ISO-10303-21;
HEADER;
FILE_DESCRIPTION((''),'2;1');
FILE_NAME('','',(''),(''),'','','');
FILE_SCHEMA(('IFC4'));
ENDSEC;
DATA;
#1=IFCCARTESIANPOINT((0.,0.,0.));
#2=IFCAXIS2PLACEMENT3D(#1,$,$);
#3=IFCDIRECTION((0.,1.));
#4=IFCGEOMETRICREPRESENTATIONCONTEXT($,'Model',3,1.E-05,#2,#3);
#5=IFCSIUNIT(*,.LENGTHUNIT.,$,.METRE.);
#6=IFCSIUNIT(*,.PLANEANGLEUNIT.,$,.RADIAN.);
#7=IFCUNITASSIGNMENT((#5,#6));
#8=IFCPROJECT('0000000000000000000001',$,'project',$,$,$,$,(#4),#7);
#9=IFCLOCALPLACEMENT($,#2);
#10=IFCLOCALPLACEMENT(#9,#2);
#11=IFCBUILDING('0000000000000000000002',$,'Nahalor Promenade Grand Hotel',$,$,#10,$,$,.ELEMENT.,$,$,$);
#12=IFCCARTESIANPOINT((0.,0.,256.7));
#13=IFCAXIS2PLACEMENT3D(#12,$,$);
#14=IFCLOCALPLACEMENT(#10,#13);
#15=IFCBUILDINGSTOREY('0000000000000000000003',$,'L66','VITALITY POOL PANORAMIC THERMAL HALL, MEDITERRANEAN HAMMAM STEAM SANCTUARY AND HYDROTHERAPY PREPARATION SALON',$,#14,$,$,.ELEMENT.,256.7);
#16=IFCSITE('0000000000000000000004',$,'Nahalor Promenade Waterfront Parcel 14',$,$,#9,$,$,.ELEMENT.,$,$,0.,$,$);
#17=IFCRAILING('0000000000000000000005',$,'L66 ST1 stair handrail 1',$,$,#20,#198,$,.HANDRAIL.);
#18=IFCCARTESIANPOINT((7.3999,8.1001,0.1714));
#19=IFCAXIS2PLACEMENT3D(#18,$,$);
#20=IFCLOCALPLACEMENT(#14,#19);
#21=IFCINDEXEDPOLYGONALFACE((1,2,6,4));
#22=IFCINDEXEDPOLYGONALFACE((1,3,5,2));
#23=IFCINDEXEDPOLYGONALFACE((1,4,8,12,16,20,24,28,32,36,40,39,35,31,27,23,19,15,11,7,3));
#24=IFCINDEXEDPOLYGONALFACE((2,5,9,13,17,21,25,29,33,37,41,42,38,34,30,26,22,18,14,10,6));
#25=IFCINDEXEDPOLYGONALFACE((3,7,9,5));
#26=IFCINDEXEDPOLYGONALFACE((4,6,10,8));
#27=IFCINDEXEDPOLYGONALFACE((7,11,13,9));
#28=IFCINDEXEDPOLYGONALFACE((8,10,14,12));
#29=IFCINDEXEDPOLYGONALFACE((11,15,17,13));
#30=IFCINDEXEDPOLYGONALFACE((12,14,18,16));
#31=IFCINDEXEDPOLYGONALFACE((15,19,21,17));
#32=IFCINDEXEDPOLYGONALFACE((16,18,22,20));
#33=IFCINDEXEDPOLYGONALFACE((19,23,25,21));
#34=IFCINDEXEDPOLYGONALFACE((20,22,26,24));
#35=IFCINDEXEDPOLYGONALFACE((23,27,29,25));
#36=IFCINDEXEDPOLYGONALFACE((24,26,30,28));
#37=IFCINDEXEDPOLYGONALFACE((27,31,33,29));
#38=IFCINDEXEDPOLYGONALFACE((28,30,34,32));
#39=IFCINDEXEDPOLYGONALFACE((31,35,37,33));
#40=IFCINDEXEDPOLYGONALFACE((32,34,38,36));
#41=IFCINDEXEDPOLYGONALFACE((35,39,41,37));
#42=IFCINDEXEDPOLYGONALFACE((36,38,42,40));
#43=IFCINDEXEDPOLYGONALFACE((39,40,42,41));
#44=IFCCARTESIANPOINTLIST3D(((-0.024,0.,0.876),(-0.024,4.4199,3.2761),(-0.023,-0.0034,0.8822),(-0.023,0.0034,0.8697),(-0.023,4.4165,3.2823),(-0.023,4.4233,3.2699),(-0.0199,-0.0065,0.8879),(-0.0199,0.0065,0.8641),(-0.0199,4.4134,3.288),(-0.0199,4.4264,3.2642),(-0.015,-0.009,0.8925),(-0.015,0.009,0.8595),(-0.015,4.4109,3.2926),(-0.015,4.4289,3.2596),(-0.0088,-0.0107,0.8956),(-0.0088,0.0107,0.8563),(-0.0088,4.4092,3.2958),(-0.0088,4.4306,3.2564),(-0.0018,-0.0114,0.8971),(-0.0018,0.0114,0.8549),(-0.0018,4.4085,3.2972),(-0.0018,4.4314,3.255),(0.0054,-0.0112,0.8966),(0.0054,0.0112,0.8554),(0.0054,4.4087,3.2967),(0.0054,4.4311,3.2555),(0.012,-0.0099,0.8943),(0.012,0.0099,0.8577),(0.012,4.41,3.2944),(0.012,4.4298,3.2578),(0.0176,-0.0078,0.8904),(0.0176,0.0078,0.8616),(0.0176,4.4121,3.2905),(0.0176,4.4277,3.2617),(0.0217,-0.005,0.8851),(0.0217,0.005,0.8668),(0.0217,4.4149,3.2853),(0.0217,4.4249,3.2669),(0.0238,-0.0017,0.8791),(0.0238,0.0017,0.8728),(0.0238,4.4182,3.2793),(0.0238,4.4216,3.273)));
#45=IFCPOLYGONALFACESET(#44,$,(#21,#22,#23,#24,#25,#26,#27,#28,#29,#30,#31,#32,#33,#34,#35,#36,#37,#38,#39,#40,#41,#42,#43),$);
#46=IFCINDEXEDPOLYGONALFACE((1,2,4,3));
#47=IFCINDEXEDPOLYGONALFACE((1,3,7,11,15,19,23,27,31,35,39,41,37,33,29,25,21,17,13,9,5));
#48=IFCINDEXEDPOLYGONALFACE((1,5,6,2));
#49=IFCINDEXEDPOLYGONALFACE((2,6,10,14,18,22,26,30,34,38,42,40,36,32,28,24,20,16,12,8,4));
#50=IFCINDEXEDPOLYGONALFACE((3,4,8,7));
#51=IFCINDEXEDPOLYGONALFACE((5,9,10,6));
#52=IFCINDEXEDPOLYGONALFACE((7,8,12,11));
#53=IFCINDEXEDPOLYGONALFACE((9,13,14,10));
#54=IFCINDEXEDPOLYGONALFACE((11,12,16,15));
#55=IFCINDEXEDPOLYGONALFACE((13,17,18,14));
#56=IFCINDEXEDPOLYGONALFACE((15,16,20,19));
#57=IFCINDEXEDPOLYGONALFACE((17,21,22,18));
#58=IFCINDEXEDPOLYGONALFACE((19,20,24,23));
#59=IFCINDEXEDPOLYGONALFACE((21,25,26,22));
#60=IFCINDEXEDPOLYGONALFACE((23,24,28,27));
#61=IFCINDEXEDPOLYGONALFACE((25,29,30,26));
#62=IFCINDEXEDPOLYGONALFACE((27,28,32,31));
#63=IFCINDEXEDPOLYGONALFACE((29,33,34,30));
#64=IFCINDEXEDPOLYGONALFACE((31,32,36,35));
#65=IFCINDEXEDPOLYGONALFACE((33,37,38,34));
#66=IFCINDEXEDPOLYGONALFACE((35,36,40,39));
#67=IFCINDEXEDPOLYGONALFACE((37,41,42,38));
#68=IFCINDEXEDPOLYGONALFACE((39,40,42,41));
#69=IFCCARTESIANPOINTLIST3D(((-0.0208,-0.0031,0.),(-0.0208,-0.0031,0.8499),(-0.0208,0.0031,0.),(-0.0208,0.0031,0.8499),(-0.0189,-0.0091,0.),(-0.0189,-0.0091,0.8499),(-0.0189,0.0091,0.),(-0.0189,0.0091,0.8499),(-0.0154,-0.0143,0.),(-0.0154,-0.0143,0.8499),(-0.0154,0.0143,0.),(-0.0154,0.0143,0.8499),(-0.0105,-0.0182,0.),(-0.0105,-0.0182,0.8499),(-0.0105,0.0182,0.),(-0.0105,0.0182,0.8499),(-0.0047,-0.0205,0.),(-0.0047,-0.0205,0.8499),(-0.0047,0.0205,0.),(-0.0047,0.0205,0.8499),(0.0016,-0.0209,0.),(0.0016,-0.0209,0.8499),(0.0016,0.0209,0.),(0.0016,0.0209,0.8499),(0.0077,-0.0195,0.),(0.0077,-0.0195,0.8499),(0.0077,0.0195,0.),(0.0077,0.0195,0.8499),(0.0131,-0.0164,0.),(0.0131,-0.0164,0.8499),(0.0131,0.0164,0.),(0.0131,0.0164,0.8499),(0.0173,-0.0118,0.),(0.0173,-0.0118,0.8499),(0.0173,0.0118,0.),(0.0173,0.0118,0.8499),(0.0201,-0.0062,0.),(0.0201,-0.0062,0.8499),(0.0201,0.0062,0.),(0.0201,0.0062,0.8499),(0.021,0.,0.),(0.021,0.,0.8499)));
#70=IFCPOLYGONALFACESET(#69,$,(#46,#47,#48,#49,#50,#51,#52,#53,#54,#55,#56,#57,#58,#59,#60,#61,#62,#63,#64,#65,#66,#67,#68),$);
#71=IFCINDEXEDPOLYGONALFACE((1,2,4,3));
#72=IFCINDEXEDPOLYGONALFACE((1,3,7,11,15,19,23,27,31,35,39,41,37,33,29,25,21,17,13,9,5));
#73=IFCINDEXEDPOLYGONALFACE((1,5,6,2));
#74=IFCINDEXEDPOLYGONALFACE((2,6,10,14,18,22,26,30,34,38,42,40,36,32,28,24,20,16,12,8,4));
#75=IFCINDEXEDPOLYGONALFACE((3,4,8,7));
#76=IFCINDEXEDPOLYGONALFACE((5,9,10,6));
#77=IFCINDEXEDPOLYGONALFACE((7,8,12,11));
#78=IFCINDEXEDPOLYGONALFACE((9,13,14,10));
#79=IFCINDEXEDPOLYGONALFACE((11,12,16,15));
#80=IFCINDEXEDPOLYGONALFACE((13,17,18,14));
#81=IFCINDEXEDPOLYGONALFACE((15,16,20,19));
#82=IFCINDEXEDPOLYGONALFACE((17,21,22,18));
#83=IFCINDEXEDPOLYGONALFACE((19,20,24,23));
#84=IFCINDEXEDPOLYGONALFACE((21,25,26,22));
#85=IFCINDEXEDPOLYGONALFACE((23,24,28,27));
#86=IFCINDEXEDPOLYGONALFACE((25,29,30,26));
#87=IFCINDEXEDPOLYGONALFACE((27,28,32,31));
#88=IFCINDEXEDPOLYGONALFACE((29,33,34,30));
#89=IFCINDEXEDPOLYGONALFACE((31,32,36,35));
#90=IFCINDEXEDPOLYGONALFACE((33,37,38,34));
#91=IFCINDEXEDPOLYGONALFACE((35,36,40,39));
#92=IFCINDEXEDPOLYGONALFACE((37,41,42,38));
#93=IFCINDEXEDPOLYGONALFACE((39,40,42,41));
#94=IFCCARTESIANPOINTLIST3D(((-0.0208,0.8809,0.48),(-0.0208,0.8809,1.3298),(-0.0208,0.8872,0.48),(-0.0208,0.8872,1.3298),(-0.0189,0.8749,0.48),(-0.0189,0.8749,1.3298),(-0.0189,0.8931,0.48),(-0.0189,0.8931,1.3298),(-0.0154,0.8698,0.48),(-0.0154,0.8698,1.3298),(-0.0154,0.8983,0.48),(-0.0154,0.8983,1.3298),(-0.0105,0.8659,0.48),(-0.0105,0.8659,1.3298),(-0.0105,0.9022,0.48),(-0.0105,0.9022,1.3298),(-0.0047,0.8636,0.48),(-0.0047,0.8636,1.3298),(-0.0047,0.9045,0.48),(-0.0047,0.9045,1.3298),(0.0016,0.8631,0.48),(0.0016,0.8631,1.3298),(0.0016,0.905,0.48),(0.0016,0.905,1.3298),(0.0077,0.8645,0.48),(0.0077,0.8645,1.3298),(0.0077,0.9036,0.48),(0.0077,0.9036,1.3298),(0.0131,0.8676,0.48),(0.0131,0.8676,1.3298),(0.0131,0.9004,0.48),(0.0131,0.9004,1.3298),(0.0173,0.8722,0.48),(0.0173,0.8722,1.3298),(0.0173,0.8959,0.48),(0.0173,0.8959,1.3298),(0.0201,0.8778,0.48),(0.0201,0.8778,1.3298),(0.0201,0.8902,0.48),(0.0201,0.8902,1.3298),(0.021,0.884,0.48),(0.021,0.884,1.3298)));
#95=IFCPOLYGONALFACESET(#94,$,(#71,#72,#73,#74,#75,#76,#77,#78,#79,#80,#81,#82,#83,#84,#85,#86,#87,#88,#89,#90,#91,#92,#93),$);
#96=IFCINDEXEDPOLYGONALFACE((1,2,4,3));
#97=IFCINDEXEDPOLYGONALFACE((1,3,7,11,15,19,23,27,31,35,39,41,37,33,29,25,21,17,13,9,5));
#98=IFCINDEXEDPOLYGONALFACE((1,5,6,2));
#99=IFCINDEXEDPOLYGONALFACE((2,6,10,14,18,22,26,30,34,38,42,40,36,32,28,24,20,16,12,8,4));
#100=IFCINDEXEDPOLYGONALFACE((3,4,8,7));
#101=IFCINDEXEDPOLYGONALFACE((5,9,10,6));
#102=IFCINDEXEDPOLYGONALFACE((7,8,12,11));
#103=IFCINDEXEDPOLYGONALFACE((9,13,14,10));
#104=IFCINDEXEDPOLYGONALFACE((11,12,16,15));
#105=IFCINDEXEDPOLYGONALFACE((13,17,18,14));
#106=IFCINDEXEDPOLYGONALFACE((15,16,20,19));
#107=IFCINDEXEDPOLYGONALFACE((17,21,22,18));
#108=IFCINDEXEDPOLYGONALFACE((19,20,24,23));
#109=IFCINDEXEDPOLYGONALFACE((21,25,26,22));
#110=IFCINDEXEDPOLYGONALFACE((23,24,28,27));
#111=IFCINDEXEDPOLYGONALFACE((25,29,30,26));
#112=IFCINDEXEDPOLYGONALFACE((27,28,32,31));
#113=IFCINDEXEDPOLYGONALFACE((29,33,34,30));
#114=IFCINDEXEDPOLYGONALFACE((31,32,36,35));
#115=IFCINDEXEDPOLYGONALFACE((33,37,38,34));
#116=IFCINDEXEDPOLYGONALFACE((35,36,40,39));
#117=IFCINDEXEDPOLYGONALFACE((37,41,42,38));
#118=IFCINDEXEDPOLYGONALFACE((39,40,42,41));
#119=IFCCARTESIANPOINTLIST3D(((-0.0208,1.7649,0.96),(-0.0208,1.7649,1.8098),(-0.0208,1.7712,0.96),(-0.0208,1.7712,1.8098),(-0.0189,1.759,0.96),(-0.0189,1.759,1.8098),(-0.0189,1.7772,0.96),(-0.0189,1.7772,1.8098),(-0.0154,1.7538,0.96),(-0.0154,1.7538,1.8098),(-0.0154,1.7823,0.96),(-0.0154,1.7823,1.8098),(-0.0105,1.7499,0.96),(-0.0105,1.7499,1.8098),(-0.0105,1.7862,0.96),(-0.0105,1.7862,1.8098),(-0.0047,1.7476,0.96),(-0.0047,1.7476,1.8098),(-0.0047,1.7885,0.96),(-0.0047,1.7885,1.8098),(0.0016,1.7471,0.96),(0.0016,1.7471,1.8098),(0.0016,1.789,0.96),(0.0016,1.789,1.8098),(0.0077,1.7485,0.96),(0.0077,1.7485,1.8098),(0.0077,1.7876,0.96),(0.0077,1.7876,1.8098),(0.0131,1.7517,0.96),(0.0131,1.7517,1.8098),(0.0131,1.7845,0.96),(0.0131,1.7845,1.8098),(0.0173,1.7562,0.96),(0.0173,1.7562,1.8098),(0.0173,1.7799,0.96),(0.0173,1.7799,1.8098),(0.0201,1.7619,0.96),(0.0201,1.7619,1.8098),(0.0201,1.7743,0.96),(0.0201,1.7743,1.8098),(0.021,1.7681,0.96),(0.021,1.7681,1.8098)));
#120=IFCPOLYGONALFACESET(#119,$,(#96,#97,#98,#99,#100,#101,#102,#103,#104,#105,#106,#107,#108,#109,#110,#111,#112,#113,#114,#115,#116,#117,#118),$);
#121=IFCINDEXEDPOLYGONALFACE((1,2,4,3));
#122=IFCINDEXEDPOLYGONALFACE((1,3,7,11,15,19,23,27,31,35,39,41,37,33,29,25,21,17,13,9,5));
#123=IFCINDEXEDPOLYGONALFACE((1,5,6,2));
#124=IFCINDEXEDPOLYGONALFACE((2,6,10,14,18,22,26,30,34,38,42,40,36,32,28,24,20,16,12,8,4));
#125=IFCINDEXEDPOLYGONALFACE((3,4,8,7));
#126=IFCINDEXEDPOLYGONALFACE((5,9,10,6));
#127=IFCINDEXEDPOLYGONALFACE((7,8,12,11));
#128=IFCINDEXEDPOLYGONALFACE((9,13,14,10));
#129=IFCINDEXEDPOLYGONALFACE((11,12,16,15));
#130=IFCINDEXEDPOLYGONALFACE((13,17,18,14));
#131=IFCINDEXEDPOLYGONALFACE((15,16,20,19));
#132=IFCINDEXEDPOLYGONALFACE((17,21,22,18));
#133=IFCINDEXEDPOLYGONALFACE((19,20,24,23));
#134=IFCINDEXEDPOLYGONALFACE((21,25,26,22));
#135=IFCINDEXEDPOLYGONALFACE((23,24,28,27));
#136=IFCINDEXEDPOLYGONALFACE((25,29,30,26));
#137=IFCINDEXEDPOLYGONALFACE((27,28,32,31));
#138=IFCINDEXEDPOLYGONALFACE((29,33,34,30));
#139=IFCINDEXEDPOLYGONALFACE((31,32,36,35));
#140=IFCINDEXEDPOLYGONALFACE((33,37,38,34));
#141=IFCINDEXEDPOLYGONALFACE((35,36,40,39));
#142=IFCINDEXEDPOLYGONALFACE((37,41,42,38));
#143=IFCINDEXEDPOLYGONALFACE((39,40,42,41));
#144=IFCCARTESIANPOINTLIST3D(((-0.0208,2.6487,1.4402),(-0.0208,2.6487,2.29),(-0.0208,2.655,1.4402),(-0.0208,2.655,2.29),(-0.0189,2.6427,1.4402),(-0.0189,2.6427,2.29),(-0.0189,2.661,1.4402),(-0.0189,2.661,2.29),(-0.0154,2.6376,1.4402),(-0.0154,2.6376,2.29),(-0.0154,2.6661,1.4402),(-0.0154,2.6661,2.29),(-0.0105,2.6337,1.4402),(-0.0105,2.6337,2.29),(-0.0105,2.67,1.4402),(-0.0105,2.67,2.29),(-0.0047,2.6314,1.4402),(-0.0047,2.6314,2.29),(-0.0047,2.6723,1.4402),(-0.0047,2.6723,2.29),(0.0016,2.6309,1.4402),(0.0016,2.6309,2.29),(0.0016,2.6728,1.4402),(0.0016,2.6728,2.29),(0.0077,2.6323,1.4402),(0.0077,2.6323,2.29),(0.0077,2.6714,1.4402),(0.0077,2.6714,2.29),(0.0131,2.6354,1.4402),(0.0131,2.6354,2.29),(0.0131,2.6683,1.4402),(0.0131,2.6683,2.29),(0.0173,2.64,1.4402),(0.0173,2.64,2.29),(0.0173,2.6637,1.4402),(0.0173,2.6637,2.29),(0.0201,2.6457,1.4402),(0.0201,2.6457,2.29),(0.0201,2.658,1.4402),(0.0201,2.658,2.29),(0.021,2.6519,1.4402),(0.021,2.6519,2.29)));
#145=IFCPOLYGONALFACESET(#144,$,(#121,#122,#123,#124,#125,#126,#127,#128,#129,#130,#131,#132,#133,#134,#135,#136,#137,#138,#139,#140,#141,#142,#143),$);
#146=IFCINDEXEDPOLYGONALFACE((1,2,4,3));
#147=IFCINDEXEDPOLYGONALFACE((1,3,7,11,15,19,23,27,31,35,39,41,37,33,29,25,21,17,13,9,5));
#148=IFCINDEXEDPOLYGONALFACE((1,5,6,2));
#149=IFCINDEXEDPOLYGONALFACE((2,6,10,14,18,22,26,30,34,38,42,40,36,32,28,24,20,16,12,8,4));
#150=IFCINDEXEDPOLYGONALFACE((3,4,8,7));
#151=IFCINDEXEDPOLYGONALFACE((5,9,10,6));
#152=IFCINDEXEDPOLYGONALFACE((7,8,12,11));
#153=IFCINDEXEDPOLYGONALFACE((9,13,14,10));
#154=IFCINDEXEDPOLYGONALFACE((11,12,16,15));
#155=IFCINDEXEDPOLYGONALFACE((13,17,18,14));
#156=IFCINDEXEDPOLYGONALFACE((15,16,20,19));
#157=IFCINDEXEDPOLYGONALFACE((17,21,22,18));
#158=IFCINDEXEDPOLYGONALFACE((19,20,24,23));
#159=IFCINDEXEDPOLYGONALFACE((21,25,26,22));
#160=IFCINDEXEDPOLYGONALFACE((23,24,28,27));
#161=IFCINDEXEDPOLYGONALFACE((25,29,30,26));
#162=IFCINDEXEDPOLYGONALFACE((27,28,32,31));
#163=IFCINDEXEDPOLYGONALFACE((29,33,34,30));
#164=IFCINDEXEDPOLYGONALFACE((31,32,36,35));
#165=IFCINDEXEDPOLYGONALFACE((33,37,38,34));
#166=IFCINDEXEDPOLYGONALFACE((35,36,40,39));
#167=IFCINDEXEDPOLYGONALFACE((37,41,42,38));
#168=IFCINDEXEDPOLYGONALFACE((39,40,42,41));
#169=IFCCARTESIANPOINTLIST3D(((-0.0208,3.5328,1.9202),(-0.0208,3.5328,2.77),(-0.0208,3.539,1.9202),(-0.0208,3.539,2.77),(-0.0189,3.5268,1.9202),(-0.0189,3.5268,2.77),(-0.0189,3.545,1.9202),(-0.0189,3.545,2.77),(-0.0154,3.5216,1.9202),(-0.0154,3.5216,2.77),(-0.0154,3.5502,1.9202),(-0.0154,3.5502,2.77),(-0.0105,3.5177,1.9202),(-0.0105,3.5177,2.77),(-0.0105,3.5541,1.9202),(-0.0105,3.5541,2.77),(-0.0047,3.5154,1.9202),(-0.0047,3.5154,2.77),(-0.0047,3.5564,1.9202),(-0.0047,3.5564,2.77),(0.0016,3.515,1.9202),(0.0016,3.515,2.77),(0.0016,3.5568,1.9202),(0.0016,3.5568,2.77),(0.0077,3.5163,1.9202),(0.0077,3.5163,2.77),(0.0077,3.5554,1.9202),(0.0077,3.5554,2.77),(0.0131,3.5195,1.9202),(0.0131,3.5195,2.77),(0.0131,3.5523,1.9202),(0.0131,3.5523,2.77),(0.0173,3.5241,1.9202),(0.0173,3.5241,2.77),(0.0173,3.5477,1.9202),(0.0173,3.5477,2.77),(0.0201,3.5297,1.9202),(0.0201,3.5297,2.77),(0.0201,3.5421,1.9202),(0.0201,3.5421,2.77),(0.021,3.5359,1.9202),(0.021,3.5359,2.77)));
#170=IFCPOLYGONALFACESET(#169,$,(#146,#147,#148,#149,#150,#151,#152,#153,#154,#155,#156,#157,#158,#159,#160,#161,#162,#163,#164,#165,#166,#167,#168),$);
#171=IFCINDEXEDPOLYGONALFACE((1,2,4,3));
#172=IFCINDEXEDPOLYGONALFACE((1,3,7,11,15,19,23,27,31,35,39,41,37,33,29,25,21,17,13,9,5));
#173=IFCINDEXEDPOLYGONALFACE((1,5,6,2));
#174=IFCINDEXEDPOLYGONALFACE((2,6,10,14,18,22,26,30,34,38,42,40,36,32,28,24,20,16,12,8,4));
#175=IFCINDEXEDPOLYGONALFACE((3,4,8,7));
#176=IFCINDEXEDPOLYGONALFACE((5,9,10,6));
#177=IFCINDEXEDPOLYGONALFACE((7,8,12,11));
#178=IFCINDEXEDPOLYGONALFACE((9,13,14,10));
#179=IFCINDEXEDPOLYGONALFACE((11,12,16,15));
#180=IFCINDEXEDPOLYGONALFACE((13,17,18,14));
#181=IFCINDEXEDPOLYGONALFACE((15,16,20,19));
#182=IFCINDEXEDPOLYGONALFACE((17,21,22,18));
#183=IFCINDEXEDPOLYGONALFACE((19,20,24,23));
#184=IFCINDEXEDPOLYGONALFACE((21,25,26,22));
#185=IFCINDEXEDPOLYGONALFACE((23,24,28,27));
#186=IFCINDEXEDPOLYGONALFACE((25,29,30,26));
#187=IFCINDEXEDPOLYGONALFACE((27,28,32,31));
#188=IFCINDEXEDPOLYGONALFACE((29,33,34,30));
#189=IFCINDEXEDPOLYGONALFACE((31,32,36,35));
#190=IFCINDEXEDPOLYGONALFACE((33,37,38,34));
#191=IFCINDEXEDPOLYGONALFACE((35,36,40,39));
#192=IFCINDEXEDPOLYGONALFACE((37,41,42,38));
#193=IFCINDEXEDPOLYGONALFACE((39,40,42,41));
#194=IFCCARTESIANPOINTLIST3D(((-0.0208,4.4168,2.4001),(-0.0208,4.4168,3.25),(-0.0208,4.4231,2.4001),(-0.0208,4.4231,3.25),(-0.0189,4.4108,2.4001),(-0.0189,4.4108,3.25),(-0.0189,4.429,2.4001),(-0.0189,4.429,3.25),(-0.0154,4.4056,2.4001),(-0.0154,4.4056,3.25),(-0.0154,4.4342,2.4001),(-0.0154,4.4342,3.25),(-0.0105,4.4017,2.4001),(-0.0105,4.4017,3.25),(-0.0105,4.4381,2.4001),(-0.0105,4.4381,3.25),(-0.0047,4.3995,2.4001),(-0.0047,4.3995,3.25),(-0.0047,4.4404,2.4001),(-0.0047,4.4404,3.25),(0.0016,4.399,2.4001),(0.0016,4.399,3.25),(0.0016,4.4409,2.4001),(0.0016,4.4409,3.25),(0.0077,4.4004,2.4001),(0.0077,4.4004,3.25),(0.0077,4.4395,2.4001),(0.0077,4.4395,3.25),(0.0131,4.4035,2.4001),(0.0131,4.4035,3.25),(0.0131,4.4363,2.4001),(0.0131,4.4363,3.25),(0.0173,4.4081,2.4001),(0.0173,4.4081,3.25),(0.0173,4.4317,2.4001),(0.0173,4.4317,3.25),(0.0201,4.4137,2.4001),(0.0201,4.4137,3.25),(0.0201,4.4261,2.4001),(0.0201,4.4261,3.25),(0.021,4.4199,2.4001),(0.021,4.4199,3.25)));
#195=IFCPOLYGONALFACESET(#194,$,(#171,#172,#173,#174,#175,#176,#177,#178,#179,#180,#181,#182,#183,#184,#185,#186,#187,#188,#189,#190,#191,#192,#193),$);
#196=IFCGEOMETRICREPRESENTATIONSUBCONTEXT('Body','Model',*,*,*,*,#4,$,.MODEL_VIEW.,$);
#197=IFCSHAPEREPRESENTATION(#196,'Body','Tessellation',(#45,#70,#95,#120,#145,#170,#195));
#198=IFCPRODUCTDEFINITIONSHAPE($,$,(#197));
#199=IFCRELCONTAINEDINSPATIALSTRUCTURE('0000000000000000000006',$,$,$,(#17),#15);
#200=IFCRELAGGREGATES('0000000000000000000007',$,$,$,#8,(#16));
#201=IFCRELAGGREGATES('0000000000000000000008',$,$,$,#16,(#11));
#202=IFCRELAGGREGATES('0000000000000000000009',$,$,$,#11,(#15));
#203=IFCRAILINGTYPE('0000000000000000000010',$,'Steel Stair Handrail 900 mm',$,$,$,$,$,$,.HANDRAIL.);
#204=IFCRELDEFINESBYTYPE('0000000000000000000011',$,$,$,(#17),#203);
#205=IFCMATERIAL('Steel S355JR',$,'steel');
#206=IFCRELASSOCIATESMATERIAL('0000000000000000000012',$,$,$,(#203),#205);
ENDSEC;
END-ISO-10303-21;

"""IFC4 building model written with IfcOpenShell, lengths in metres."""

from ifc_helpers import new_model, si_unit, direction, frame, origin, origin_2d, place, context, subcontext, project, spatial, circle, extrude, material, type_object, element, save


model = new_model("IFC4")

# Units and contexts
model_context = context("Model", 3, precision=1e-05, world=origin(), true_north=direction((0.0, 1.0)))
body_context = subcontext(model_context, "Body", "Model", "MODEL_VIEW")
ifc_project = project(units=[si_unit("LENGTHUNIT", "METRE"), si_unit("PLANEANGLEUNIT", "RADIAN")], contexts=[model_context])

# Site, building, storey
site_placement = place(None, origin())
site = spatial("IfcSite", under=ifc_project, at=site_placement, Name="Nahalor Promenade Waterfront Parcel 14", CompositionType="ELEMENT", RefElevation=0.0)
building_placement = place(site_placement, origin())
building = spatial("IfcBuilding", under=site, at=building_placement, Name="Nahalor Promenade Grand Hotel", CompositionType="ELEMENT")
storey_placement = place(building_placement, frame((0.0, 0.0, 256.7)))
storey = spatial("IfcBuildingStorey", under=building, at=storey_placement, Name="L66", Description="VITALITY POOL PANORAMIC THERMAL HALL, MEDITERRANEAN HAMMAM STEAM SANCTUARY AND HYDROTHERAPY PREPARATION SALON", CompositionType="ELEMENT", Elevation=256.7)

# Shared definitions
ifc_material_1 = material(Name="Steel S355JR", Category="steel")

# Railing
railing_type_1 = type_object("IfcRailingType", Name="Steel Stair Handrail 900 mm", PredefinedType="HANDRAIL", material=ifc_material_1)
railing_1_placement = place(storey_placement, frame((7.3999, 8.1001, 0.1714)))
element("IfcRailing", 1, at=railing_1_placement, inside=storey, type_object=railing_type_1, Name="L66 ST1 stair handrail 1", PredefinedType="HANDRAIL", context=body_context, shape_type="SweptSolid", body=[
    extrude(circle(Radius=0.024, at=origin_2d()), frame((0.0, 0.0, 0.876), z_axis=(0.0, 0.87879, 0.477209), x_axis=(-1.0, 0.0, 0.0)), (0.0, 0.0, 1.0), 5.0295),
    extrude(circle(Radius=0.021, at=origin_2d()), origin(), (0.0, 0.0, 1.0), 0.8499),
    extrude(circle(Radius=0.021, at=origin_2d()), frame((0.0, 0.884, 0.48)), (0.0, 0.0, 1.0), 0.8499),
    extrude(circle(Radius=0.021, at=origin_2d()), frame((0.0, 1.7681, 0.96)), (0.0, 0.0, 1.0), 0.8499),
    extrude(circle(Radius=0.021, at=origin_2d()), frame((0.0, 2.6519, 1.4402)), (0.0, 0.0, 1.0), 0.8499),
    extrude(circle(Radius=0.021, at=origin_2d()), frame((0.0, 3.5359, 1.9202)), (0.0, 0.0, 1.0), 0.8499),
    extrude(circle(Radius=0.021, at=origin_2d()), frame((0.0, 4.4199, 2.4001)), (0.0, 0.0, 1.0), 0.8499),
])

save(model, "model.ifc")
